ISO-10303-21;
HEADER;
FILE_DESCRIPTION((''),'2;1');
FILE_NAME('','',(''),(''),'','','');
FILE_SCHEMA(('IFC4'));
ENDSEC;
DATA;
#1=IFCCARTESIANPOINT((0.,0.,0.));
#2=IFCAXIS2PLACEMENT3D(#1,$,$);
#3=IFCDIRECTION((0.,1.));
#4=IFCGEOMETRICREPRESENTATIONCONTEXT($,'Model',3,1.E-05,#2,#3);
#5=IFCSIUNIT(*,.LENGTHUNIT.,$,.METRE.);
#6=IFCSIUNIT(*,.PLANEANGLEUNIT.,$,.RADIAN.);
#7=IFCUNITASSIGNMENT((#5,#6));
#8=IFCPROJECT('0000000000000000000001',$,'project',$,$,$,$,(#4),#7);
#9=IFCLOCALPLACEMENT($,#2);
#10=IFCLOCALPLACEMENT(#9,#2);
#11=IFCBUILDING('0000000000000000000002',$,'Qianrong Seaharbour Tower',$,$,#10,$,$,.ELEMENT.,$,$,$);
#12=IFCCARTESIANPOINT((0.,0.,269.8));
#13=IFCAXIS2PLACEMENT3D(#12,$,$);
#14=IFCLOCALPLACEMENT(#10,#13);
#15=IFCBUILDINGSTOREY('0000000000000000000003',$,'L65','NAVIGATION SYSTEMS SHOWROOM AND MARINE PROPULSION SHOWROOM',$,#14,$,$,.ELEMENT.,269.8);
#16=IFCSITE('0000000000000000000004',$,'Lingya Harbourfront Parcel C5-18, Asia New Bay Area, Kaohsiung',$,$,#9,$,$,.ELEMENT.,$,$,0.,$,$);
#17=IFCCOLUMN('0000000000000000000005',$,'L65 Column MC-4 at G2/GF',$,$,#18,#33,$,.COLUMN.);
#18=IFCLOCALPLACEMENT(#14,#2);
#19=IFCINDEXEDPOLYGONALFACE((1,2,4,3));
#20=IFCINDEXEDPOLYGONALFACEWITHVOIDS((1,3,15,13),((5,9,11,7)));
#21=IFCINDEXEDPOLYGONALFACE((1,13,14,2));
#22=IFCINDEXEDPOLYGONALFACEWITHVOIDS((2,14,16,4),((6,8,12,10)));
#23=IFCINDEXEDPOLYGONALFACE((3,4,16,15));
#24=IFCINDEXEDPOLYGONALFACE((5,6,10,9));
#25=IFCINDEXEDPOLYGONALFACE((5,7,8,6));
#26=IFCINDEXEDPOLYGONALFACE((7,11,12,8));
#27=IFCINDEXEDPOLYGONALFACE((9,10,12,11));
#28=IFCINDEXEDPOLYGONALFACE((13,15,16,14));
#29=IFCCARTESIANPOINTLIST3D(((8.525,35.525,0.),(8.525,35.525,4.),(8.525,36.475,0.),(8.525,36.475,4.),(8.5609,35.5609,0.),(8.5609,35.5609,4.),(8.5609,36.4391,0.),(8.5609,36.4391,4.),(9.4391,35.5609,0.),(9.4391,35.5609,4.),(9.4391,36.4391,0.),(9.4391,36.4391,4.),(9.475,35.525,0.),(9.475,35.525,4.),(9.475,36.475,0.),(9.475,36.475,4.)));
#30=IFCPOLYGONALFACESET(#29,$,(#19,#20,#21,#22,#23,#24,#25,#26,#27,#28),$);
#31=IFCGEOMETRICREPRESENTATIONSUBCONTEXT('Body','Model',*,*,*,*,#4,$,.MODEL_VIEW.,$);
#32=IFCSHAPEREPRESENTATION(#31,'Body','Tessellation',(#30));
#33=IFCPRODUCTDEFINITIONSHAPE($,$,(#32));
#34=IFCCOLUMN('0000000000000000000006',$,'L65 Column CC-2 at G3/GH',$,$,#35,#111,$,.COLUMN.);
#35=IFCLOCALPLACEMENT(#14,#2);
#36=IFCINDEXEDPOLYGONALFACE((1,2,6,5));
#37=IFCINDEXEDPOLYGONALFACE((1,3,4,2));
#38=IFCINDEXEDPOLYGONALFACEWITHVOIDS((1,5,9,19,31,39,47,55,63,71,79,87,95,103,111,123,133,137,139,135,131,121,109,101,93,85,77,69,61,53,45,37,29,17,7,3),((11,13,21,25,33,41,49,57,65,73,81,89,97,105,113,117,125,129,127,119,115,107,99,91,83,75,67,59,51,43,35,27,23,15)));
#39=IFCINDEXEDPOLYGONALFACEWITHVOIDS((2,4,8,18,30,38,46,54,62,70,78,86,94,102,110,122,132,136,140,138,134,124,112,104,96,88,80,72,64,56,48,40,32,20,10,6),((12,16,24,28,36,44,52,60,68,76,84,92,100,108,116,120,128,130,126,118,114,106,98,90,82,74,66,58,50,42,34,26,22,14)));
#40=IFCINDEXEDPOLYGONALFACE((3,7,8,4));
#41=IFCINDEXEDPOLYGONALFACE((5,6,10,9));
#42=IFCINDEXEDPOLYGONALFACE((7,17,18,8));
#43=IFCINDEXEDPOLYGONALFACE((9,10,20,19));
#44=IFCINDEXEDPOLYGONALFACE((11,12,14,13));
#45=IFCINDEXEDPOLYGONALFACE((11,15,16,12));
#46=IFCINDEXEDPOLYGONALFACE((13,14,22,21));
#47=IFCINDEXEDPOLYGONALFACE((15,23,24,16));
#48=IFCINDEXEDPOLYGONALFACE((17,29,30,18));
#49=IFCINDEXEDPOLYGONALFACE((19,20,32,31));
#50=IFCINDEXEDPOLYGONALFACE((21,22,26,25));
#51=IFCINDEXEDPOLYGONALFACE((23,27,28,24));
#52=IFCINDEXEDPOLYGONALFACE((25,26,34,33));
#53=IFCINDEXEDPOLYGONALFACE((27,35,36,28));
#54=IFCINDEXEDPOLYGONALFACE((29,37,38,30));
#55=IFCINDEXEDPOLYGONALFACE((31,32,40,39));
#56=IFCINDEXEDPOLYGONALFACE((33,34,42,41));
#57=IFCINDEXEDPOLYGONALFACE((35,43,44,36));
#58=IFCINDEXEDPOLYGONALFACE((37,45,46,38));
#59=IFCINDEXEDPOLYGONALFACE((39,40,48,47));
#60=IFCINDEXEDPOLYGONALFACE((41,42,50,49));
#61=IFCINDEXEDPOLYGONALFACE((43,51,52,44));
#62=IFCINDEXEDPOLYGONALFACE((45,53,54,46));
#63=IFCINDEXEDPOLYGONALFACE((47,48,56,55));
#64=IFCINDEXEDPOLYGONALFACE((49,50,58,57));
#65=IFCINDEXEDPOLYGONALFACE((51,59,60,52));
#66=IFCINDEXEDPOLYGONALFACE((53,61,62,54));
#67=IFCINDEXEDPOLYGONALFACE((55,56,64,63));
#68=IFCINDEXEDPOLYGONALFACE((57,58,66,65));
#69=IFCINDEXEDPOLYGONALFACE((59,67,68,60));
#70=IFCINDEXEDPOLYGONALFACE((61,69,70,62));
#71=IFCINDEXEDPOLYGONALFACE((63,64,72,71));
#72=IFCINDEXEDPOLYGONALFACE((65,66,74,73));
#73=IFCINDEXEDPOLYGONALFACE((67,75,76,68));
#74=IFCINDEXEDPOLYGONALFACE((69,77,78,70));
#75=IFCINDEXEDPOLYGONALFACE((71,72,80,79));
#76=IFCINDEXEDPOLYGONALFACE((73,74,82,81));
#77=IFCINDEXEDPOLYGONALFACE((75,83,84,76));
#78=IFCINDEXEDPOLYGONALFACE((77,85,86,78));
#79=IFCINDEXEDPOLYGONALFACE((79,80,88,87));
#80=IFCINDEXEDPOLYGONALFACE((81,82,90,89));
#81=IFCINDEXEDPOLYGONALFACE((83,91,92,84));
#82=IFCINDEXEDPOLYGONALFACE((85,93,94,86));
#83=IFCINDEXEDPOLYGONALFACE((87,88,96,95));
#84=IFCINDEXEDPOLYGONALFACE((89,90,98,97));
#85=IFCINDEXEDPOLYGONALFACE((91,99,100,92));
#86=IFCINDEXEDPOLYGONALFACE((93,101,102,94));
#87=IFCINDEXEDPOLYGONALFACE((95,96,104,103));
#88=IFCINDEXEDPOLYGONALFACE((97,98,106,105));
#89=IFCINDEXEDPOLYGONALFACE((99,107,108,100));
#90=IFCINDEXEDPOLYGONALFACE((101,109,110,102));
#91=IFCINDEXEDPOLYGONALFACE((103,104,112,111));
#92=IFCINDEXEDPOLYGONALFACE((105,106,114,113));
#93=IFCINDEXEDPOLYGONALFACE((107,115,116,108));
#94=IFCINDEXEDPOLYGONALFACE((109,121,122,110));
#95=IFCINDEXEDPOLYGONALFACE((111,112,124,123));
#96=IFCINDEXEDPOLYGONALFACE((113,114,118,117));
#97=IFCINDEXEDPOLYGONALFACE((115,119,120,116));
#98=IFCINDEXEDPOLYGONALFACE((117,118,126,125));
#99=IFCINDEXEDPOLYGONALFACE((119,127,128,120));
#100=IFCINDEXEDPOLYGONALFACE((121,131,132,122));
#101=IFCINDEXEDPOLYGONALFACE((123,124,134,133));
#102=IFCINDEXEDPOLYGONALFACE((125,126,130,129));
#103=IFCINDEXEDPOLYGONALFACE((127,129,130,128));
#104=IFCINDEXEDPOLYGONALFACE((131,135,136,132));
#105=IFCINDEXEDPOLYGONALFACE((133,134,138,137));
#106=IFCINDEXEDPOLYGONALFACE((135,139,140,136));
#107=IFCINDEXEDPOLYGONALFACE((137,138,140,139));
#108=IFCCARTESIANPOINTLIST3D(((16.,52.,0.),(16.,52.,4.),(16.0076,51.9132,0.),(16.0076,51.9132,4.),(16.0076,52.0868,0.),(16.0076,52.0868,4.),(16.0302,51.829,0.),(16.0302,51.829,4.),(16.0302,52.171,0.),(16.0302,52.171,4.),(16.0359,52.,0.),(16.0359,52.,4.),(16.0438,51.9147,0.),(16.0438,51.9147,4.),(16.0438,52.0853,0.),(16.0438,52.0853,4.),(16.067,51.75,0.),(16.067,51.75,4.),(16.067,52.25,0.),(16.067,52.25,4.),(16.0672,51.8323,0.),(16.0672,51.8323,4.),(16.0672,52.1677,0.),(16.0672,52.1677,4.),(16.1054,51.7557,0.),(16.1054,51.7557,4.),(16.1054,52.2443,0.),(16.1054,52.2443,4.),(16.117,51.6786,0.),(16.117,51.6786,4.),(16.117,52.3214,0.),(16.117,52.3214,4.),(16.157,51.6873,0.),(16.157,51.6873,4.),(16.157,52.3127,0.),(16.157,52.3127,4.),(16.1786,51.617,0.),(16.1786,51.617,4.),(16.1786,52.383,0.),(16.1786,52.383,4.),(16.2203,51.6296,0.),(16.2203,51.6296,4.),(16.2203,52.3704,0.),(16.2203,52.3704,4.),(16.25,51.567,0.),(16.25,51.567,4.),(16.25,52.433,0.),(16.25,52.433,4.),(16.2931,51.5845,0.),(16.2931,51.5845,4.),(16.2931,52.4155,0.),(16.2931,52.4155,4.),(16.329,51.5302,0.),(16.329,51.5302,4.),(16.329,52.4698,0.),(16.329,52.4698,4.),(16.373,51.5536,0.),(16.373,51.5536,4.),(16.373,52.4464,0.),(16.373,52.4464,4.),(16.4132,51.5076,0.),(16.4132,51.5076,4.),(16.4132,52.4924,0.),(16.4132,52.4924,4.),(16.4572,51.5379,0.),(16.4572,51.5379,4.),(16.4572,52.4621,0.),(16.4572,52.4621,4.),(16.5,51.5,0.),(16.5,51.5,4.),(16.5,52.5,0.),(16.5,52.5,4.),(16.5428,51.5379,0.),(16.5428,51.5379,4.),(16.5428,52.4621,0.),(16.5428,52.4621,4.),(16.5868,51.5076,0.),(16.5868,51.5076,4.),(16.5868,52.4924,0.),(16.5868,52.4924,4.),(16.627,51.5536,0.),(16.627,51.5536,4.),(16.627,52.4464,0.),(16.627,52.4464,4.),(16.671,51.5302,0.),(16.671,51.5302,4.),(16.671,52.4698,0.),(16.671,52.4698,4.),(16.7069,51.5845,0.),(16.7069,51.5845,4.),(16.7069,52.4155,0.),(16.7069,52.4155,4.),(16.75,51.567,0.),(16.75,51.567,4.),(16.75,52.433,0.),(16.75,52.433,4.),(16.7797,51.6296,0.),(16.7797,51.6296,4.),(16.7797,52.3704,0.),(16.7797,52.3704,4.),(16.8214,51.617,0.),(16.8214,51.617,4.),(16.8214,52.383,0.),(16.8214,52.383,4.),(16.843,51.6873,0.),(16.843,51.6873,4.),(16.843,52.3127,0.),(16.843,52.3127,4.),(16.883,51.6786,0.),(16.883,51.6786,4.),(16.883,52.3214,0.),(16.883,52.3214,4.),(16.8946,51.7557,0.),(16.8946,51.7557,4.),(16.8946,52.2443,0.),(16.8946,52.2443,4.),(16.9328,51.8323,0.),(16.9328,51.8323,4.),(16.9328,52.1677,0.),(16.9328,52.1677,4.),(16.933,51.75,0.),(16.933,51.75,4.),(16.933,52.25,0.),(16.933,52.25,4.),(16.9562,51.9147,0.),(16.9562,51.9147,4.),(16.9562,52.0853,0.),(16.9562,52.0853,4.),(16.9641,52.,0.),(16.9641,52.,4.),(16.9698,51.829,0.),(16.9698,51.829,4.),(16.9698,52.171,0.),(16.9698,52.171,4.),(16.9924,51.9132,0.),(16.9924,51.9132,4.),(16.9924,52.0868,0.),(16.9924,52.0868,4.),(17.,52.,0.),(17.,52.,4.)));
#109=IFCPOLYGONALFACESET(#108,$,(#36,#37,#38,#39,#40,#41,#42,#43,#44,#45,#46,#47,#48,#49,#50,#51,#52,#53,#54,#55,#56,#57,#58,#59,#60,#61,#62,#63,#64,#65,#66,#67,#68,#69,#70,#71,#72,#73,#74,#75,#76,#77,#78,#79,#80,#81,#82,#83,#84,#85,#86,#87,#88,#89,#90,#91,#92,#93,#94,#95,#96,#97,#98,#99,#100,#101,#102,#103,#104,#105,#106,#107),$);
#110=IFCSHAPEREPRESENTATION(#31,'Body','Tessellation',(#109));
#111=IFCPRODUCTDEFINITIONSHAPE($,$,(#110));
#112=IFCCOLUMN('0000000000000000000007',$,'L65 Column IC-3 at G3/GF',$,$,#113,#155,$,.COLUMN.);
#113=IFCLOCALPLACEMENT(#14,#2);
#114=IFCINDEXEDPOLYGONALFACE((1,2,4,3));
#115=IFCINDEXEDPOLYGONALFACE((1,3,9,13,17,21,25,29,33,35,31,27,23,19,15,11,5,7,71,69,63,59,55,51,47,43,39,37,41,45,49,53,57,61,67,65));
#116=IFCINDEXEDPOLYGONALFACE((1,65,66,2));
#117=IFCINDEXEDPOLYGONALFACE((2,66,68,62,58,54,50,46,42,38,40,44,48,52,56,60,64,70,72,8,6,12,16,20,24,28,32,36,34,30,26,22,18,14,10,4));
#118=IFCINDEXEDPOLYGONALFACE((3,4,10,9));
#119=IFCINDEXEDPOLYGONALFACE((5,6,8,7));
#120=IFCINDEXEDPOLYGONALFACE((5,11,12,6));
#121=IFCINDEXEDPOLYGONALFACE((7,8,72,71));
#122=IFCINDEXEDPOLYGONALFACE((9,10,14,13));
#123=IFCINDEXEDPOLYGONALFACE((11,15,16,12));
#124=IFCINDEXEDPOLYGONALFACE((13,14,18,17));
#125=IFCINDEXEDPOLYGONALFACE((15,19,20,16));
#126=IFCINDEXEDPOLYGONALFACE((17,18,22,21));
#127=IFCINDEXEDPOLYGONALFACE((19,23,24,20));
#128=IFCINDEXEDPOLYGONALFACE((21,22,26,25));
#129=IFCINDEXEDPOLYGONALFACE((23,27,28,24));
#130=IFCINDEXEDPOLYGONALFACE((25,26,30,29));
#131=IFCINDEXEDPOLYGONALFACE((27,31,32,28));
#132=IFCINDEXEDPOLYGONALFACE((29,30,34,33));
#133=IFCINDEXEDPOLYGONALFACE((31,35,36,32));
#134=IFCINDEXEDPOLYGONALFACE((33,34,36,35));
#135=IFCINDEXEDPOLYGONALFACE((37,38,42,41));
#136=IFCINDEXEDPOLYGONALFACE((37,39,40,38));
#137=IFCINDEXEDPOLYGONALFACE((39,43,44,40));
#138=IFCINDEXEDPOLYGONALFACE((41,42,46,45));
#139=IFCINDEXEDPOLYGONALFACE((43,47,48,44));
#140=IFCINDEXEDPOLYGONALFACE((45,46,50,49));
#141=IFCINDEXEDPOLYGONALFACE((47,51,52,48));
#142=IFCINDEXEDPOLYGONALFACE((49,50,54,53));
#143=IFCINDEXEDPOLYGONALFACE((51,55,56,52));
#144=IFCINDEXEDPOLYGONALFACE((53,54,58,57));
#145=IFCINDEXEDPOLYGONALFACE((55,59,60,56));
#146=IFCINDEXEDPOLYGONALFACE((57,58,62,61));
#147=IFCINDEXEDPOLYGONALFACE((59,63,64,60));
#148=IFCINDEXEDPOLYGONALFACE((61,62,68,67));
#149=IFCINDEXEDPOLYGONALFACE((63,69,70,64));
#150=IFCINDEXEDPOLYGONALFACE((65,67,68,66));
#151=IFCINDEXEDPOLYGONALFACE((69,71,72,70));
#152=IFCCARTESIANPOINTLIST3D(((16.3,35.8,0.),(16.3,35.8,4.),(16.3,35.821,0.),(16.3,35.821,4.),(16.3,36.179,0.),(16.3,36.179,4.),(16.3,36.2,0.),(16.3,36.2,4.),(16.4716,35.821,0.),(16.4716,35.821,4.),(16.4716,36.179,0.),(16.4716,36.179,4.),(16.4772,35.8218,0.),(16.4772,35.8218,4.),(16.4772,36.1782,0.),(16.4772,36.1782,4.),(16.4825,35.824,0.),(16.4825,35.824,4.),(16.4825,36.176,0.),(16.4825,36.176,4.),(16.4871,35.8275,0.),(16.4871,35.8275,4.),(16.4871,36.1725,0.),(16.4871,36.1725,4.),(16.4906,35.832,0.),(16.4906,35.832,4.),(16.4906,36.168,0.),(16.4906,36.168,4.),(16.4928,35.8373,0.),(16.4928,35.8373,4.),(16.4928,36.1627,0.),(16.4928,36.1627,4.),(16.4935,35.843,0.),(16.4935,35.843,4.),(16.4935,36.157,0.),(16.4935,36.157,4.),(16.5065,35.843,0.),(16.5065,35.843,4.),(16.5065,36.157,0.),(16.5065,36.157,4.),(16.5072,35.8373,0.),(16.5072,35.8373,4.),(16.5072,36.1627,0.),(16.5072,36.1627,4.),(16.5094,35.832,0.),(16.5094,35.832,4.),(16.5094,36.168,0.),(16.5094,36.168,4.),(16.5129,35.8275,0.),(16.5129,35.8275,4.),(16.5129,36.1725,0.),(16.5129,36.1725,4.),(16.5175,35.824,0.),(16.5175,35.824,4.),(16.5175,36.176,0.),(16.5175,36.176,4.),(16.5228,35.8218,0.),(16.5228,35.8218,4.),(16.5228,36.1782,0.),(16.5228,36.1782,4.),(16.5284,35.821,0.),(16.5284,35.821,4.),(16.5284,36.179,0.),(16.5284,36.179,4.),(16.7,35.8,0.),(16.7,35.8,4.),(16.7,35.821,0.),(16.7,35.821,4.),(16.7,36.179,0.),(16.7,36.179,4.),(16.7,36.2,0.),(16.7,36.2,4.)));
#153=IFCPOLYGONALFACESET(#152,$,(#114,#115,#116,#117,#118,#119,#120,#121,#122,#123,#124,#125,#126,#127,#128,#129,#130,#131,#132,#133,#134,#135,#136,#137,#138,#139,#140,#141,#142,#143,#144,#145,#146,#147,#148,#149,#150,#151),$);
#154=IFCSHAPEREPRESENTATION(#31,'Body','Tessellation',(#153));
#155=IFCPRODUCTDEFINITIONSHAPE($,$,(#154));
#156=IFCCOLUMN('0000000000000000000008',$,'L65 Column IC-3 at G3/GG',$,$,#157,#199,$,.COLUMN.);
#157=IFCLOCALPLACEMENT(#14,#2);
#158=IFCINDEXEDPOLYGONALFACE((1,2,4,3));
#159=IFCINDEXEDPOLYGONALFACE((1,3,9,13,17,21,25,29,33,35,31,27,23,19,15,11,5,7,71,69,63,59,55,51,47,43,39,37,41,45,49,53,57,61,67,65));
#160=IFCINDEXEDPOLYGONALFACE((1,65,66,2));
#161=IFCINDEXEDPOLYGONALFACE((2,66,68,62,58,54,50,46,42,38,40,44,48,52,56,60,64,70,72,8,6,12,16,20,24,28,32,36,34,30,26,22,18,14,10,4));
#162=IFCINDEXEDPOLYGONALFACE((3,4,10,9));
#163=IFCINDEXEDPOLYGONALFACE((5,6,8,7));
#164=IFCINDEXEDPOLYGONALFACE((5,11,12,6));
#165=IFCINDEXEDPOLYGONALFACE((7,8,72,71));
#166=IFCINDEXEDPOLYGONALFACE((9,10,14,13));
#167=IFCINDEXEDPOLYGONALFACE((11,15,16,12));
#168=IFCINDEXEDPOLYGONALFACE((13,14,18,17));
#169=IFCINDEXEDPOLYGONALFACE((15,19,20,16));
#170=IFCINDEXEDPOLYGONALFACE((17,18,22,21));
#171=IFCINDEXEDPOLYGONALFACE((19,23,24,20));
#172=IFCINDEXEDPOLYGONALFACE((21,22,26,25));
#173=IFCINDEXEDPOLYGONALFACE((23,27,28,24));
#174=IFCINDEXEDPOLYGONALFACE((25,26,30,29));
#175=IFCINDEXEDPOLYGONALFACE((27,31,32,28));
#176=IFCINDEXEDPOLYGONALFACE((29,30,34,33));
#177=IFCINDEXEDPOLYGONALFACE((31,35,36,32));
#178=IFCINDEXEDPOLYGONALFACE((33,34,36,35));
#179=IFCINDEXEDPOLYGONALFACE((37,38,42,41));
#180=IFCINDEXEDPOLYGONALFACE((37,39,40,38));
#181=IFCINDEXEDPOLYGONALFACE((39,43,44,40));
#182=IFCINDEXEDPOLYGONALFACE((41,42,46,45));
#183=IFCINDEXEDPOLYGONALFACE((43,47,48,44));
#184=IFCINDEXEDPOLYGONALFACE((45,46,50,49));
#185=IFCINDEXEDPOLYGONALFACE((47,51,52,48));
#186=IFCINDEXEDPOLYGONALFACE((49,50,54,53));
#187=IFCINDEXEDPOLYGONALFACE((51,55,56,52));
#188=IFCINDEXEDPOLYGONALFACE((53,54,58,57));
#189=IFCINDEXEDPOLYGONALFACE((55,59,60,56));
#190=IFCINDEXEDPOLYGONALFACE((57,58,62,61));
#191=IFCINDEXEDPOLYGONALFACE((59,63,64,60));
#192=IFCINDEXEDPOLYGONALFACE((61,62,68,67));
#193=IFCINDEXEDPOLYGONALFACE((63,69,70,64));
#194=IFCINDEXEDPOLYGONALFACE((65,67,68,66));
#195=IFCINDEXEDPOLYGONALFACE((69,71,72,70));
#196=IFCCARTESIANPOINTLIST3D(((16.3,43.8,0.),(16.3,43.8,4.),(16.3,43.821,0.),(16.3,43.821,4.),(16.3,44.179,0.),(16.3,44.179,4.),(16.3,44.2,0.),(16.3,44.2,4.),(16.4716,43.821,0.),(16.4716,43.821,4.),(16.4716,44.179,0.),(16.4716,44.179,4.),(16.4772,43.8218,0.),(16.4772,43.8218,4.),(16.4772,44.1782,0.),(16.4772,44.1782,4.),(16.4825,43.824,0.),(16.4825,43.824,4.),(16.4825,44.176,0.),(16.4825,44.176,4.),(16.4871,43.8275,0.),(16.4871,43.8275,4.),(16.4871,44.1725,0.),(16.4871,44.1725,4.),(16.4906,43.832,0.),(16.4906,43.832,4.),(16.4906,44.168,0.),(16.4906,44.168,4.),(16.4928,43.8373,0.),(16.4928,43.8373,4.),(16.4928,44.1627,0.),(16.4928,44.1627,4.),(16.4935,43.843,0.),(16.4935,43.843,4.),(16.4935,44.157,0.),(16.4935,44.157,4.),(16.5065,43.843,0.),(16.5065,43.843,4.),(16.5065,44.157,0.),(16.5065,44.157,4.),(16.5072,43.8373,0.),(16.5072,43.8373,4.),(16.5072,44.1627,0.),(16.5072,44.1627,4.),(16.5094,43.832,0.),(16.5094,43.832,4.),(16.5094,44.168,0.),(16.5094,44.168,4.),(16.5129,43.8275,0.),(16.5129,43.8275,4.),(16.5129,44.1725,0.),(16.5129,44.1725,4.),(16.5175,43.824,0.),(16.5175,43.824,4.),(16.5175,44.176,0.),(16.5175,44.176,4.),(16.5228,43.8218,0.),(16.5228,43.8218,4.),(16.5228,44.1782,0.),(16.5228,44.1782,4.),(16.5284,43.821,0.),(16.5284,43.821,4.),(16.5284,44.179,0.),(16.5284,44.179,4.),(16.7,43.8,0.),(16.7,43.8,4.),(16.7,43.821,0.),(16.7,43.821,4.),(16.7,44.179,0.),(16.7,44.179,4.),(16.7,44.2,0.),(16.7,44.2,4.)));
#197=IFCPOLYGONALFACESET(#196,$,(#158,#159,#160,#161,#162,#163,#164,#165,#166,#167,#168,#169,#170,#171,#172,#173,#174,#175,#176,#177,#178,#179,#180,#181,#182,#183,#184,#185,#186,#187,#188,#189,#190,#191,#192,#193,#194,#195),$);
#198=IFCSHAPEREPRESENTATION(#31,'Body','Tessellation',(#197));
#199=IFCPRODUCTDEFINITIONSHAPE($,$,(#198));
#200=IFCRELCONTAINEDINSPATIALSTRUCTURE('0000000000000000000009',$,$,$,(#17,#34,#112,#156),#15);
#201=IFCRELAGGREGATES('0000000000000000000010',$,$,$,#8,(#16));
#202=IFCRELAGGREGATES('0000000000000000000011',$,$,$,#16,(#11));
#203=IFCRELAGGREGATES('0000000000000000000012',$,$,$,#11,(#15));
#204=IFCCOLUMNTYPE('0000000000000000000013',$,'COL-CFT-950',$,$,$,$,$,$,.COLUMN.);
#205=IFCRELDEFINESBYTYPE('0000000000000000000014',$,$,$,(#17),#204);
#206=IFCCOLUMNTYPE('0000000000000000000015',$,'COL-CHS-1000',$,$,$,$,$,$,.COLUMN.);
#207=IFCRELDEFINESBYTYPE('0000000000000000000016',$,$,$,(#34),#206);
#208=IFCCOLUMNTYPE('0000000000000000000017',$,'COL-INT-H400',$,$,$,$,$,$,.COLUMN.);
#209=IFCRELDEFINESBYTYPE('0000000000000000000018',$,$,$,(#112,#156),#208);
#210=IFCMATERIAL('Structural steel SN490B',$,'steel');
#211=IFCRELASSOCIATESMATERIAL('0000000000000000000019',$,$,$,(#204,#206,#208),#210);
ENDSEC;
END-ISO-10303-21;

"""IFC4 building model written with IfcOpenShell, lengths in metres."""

from ifc_helpers import new_model, si_unit, direction, frame, origin, origin_2d, place, context, subcontext, project, spatial, hollow_rectangle, hollow_circle, i_section, extrude, material, material_profile, profile_set, type_object, element, save


model = new_model("IFC4")

# Units and contexts
model_context = context("Model", 3, precision=1e-05, world=origin(), true_north=direction((0.0, 1.0)))
body_context = subcontext(model_context, "Body", "Model", "MODEL_VIEW")
ifc_project = project(units=[si_unit("LENGTHUNIT", "METRE"), si_unit("PLANEANGLEUNIT", "RADIAN")], contexts=[model_context])

# Site, building, storey
site_placement = place(None, origin())
site = spatial("IfcSite", under=ifc_project, at=site_placement, Name="Lingya Harbourfront Parcel C5-18, Asia New Bay Area, Kaohsiung", CompositionType="ELEMENT", RefElevation=0.0)
building_placement = place(site_placement, origin())
building = spatial("IfcBuilding", under=site, at=building_placement, Name="Qianrong Seaharbour Tower", CompositionType="ELEMENT")
storey_placement = place(building_placement, frame((0.0, 0.0, 269.8)))
storey = spatial("IfcBuildingStorey", under=building, at=storey_placement, Name="L65", Description="NAVIGATION SYSTEMS SHOWROOM AND MARINE PROPULSION SHOWROOM", CompositionType="ELEMENT", Elevation=269.8)

# Columns
ifc_material_1 = material(Name="Structural steel SN490B", Category="steel")
ifc_material_profile_1 = material_profile(ifc_material_1, hollow_rectangle(XDim=0.95, YDim=0.95, WallThickness=0.0359, at=origin_2d()), Name="BOX950x950x36")
ifc_profile_set_1 = profile_set([ifc_material_profile_1], Name="Structural steel SN490B")
column_type_1 = type_object("IfcColumnType", Name="COL-CFT-950", PredefinedType="COLUMN", material=ifc_profile_set_1)
column_1_placement = place(storey_placement, frame((9.0, 36.0, 0.0), z_axis=(0.0, 0.0, 1.0), x_axis=(1.0, 0.0, 0.0)))
element("IfcColumn", 1, at=column_1_placement, inside=storey, type_object=column_type_1, Name="L65 Column MC-4 at G2/GF", PredefinedType="COLUMN", context=body_context, shape_type="SweptSolid", body=[
    extrude(hollow_rectangle(XDim=0.95, YDim=0.95, WallThickness=0.0359, at=origin_2d()), origin(), (0.0, 0.0, 1.0), 4.0),
])
ifc_material_profile_2 = material_profile(ifc_material_1, hollow_circle(Radius=0.5, WallThickness=0.0359, at=origin_2d()), Name="CHS1000x36")
ifc_profile_set_2 = profile_set([ifc_material_profile_2], Name="Structural steel SN490B")
column_type_2 = type_object("IfcColumnType", Name="COL-CHS-1000", PredefinedType="COLUMN", material=ifc_profile_set_2)
column_2_placement = place(storey_placement, frame((16.5, 52.0, 0.0), z_axis=(0.0, 0.0, 1.0), x_axis=(1.0, 0.0, 0.0)))
element("IfcColumn", 2, at=column_2_placement, inside=storey, type_object=column_type_2, Name="L65 Column CC-2 at G3/GH", PredefinedType="COLUMN", context=body_context, shape_type="SweptSolid", body=[
    extrude(hollow_circle(Radius=0.5, WallThickness=0.0359, at=origin_2d()), origin(), (0.0, 0.0, 1.0), 4.0),
])
ifc_material_profile_3 = material_profile(ifc_material_1, i_section(OverallWidth=0.3999, OverallDepth=0.3999, WebThickness=0.0129, FlangeThickness=0.021, FilletRadius=0.022, at=origin_2d()), Name="H400x400x13x21")
ifc_profile_set_3 = profile_set([ifc_material_profile_3], Name="Structural steel SN490B")
column_type_3 = type_object("IfcColumnType", Name="COL-INT-H400", PredefinedType="COLUMN", material=ifc_profile_set_3)
for number, where, z_axis, x_axis, name in (
    (3, (16.5, 36.0, 0.0), (0.0, 0.0, 1.0), (1.0, 0.0, 0.0), "L65 Column IC-3 at G3/GF"),
    (4, (16.5, 44.0, 0.0), (0.0, 0.0, 1.0), (1.0, 0.0, 0.0), "L65 Column IC-3 at G3/GG"),
):
    element("IfcColumn", number, at=place(storey_placement, frame(where, z_axis=z_axis, x_axis=x_axis)), inside=storey, type_object=column_type_3, Name=name, PredefinedType="COLUMN", context=body_context, shape_type="SweptSolid", body=[
        extrude(i_section(OverallWidth=0.3999, OverallDepth=0.3999, WebThickness=0.0129, FlangeThickness=0.021, FilletRadius=0.022, at=origin_2d()), origin(), (0.0, 0.0, 1.0), 4.0),
    ])

save(model, "model.ifc")
